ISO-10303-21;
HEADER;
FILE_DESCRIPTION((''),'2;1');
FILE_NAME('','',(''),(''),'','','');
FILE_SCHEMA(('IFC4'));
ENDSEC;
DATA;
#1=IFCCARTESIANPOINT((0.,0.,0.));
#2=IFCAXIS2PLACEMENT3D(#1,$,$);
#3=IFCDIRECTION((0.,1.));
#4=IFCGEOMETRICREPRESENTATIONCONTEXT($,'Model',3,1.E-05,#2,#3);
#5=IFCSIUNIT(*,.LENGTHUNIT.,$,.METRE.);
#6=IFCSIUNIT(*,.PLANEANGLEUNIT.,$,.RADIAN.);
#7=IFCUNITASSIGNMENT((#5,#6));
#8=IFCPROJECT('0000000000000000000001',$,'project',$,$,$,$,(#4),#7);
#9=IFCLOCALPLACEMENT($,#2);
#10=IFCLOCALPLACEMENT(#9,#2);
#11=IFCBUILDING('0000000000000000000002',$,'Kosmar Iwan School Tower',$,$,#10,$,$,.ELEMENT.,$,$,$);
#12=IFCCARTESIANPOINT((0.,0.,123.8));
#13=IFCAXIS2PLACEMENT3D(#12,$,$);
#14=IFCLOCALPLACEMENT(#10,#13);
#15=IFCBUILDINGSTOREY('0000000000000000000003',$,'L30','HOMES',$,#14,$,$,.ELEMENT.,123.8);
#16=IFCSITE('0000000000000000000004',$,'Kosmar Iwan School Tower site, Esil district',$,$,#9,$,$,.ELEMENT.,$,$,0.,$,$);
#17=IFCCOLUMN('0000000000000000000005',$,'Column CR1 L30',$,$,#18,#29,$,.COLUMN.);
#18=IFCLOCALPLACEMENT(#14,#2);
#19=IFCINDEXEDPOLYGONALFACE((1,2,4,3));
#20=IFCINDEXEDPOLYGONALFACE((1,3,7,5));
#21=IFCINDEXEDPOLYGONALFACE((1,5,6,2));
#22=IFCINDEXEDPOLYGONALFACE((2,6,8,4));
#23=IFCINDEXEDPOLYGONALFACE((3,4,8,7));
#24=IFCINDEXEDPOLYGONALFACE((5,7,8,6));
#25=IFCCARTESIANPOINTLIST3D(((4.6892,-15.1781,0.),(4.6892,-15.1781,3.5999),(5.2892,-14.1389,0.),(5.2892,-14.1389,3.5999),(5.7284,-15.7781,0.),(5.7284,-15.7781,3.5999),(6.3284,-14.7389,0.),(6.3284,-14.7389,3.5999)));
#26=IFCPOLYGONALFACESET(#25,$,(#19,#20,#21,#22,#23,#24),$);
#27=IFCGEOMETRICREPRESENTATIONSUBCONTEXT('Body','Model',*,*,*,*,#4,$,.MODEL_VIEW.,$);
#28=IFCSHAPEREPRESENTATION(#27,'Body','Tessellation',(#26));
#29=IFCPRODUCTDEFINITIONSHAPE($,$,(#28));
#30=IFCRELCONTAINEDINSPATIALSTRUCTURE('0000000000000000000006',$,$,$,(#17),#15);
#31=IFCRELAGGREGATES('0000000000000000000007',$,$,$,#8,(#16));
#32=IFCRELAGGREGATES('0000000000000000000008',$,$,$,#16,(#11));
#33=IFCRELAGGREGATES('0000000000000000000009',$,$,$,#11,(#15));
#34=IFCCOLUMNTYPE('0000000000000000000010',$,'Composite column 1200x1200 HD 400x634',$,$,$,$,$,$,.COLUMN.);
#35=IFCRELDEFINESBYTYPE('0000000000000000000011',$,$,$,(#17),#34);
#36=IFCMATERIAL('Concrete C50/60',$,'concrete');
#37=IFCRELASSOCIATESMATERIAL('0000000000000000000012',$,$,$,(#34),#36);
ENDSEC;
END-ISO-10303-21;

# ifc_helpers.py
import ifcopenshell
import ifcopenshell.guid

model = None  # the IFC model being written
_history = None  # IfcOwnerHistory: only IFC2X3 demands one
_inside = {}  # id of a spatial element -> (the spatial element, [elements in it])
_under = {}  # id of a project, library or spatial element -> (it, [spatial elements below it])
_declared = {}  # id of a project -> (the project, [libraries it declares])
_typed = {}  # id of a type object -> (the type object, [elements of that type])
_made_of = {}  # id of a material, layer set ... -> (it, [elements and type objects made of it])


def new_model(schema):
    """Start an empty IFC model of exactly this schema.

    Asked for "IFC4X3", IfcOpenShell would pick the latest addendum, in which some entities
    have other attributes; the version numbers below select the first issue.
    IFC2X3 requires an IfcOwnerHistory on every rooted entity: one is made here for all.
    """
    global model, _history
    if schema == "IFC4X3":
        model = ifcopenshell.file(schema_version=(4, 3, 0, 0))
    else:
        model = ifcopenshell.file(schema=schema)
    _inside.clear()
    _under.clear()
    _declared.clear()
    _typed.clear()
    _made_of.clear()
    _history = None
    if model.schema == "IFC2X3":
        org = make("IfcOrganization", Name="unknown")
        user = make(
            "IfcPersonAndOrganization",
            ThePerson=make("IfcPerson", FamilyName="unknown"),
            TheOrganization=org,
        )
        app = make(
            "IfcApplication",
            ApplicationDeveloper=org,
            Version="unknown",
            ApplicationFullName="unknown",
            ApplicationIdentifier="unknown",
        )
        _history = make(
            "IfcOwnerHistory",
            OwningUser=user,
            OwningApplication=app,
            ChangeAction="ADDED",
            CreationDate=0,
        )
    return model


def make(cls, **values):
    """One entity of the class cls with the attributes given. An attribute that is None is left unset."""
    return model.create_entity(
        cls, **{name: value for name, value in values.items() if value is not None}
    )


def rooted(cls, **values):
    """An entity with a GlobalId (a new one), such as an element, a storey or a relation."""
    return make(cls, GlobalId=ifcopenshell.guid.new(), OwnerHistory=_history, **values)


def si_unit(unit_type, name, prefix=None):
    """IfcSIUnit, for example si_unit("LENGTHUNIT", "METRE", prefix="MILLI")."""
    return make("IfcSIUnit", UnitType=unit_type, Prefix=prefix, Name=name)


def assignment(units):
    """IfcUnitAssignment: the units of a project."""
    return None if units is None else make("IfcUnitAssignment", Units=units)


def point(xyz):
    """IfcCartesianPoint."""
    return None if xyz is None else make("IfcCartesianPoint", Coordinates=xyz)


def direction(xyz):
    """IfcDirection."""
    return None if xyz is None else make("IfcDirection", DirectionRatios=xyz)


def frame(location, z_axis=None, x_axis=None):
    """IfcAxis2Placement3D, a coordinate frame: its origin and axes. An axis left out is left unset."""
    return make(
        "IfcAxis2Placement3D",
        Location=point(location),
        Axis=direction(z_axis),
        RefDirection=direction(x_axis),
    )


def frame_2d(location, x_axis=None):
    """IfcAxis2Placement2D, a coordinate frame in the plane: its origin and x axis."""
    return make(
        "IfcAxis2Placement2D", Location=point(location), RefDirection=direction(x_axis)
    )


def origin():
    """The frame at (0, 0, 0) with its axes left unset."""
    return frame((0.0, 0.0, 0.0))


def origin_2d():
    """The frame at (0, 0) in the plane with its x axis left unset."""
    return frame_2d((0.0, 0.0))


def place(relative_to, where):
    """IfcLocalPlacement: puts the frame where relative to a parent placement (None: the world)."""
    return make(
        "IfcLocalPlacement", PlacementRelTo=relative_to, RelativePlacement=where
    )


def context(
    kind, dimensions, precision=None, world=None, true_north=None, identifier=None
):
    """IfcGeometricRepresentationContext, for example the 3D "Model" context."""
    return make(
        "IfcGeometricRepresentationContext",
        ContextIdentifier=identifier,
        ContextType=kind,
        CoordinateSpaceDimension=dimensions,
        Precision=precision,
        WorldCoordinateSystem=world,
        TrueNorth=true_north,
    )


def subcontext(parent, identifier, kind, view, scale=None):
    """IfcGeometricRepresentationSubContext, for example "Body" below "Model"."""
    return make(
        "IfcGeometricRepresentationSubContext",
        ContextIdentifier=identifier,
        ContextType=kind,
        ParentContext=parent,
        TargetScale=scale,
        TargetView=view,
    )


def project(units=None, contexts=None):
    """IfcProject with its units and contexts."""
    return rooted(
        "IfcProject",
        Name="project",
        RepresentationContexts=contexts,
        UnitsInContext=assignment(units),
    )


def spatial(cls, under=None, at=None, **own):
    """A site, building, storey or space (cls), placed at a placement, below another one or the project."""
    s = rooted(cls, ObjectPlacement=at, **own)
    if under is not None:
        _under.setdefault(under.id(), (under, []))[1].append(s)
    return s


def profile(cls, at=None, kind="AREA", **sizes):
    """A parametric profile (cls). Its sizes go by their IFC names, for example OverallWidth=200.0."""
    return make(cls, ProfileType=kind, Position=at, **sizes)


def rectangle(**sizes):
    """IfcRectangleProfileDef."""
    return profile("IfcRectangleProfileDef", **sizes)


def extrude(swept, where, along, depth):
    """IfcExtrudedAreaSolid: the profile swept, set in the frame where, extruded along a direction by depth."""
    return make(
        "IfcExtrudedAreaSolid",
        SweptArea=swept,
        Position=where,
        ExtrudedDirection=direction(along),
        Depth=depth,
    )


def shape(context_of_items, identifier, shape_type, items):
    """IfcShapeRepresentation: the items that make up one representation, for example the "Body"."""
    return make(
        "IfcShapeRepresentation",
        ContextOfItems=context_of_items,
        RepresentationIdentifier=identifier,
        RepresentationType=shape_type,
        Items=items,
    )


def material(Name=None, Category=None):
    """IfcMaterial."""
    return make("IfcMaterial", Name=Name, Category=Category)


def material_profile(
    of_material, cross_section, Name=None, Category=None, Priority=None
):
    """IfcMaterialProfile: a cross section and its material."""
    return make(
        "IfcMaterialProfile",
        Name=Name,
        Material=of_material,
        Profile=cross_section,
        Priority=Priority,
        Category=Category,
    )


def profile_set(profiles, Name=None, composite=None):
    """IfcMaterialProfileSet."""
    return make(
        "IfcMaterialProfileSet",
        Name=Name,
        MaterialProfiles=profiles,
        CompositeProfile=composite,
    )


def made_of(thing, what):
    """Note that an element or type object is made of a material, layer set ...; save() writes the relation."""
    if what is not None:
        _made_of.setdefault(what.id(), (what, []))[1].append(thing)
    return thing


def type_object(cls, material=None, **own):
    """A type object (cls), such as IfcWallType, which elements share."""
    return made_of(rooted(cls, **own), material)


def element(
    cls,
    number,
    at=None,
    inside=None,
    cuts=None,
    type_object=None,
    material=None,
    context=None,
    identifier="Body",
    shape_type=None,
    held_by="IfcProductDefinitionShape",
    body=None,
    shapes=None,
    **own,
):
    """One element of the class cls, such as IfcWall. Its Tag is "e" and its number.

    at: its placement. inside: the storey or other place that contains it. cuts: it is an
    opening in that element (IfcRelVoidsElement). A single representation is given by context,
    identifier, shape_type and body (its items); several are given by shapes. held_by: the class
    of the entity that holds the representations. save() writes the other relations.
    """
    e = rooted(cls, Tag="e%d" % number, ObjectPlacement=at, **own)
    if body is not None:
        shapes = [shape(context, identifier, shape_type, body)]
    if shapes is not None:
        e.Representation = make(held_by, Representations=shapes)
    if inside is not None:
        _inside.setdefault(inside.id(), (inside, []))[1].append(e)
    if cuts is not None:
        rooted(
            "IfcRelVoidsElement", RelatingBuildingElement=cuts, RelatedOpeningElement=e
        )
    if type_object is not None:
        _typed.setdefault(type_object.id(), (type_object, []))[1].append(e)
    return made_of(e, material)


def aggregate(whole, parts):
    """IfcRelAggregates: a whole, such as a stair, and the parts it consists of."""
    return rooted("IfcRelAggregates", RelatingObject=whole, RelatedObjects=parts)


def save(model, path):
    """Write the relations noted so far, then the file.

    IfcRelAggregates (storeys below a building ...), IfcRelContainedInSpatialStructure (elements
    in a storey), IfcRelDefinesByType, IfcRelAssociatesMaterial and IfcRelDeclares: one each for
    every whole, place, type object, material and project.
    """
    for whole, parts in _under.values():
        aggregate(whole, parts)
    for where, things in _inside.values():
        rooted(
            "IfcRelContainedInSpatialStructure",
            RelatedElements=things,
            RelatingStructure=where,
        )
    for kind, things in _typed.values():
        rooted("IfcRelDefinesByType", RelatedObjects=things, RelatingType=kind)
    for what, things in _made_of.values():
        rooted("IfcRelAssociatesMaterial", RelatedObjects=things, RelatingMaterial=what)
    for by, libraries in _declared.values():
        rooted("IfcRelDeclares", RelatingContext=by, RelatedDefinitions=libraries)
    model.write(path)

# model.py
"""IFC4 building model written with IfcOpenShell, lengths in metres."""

from ifc_helpers import new_model, si_unit, direction, frame, origin, origin_2d, place, context, subcontext, project, spatial, rectangle, extrude, material, material_profile, profile_set, type_object, element, save


model = new_model("IFC4")

# Units and contexts
model_context = context("Model", 3, precision=1e-05, world=origin(), true_north=direction((0.0, 1.0)))
body_context = subcontext(model_context, "Body", "Model", "MODEL_VIEW")
ifc_project = project(units=[si_unit("LENGTHUNIT", "METRE"), si_unit("PLANEANGLEUNIT", "RADIAN")], contexts=[model_context])

# Site, building, storey
site_placement = place(None, origin())
site = spatial("IfcSite", under=ifc_project, at=site_placement, Name="Kosmar Iwan School Tower site, Esil district", CompositionType="ELEMENT", RefElevation=0.0)
building_placement = place(site_placement, origin())
building = spatial("IfcBuilding", under=site, at=building_placement, Name="Kosmar Iwan School Tower", CompositionType="ELEMENT")
storey_placement = place(building_placement, frame((0.0, 0.0, 123.8)))
storey = spatial("IfcBuildingStorey", under=building, at=storey_placement, Name="L30", Description="HOMES", CompositionType="ELEMENT", Elevation=123.8)

# Column
ifc_material_1 = material(Name="Concrete C50/60", Category="concrete")
ifc_material_profile = material_profile(ifc_material_1, rectangle(XDim=1.2, YDim=1.2, at=origin_2d()), Name="RC 1200x1200 + HD 400x634")
ifc_profile_set = profile_set([ifc_material_profile], Name="Concrete C50/60")
column_type = type_object("IfcColumnType", Name="Composite column 1200x1200 HD 400x634", PredefinedType="COLUMN", material=ifc_profile_set)
column_placement = place(storey_placement, frame((5.5088, -14.9585, 0.0), z_axis=(0.0, 0.0, 1.0), x_axis=(0.866025, -0.5, 0.0)))
element("IfcColumn", 1, at=column_placement, inside=storey, type_object=column_type, Name="Column CR1 L30", PredefinedType="COLUMN", context=body_context, shape_type="SweptSolid", body=[
    extrude(rectangle(XDim=1.2, YDim=1.2, at=origin_2d()), origin(), (0.0, 0.0, 1.0), 3.5999),
])

save(model, "model.ifc")
